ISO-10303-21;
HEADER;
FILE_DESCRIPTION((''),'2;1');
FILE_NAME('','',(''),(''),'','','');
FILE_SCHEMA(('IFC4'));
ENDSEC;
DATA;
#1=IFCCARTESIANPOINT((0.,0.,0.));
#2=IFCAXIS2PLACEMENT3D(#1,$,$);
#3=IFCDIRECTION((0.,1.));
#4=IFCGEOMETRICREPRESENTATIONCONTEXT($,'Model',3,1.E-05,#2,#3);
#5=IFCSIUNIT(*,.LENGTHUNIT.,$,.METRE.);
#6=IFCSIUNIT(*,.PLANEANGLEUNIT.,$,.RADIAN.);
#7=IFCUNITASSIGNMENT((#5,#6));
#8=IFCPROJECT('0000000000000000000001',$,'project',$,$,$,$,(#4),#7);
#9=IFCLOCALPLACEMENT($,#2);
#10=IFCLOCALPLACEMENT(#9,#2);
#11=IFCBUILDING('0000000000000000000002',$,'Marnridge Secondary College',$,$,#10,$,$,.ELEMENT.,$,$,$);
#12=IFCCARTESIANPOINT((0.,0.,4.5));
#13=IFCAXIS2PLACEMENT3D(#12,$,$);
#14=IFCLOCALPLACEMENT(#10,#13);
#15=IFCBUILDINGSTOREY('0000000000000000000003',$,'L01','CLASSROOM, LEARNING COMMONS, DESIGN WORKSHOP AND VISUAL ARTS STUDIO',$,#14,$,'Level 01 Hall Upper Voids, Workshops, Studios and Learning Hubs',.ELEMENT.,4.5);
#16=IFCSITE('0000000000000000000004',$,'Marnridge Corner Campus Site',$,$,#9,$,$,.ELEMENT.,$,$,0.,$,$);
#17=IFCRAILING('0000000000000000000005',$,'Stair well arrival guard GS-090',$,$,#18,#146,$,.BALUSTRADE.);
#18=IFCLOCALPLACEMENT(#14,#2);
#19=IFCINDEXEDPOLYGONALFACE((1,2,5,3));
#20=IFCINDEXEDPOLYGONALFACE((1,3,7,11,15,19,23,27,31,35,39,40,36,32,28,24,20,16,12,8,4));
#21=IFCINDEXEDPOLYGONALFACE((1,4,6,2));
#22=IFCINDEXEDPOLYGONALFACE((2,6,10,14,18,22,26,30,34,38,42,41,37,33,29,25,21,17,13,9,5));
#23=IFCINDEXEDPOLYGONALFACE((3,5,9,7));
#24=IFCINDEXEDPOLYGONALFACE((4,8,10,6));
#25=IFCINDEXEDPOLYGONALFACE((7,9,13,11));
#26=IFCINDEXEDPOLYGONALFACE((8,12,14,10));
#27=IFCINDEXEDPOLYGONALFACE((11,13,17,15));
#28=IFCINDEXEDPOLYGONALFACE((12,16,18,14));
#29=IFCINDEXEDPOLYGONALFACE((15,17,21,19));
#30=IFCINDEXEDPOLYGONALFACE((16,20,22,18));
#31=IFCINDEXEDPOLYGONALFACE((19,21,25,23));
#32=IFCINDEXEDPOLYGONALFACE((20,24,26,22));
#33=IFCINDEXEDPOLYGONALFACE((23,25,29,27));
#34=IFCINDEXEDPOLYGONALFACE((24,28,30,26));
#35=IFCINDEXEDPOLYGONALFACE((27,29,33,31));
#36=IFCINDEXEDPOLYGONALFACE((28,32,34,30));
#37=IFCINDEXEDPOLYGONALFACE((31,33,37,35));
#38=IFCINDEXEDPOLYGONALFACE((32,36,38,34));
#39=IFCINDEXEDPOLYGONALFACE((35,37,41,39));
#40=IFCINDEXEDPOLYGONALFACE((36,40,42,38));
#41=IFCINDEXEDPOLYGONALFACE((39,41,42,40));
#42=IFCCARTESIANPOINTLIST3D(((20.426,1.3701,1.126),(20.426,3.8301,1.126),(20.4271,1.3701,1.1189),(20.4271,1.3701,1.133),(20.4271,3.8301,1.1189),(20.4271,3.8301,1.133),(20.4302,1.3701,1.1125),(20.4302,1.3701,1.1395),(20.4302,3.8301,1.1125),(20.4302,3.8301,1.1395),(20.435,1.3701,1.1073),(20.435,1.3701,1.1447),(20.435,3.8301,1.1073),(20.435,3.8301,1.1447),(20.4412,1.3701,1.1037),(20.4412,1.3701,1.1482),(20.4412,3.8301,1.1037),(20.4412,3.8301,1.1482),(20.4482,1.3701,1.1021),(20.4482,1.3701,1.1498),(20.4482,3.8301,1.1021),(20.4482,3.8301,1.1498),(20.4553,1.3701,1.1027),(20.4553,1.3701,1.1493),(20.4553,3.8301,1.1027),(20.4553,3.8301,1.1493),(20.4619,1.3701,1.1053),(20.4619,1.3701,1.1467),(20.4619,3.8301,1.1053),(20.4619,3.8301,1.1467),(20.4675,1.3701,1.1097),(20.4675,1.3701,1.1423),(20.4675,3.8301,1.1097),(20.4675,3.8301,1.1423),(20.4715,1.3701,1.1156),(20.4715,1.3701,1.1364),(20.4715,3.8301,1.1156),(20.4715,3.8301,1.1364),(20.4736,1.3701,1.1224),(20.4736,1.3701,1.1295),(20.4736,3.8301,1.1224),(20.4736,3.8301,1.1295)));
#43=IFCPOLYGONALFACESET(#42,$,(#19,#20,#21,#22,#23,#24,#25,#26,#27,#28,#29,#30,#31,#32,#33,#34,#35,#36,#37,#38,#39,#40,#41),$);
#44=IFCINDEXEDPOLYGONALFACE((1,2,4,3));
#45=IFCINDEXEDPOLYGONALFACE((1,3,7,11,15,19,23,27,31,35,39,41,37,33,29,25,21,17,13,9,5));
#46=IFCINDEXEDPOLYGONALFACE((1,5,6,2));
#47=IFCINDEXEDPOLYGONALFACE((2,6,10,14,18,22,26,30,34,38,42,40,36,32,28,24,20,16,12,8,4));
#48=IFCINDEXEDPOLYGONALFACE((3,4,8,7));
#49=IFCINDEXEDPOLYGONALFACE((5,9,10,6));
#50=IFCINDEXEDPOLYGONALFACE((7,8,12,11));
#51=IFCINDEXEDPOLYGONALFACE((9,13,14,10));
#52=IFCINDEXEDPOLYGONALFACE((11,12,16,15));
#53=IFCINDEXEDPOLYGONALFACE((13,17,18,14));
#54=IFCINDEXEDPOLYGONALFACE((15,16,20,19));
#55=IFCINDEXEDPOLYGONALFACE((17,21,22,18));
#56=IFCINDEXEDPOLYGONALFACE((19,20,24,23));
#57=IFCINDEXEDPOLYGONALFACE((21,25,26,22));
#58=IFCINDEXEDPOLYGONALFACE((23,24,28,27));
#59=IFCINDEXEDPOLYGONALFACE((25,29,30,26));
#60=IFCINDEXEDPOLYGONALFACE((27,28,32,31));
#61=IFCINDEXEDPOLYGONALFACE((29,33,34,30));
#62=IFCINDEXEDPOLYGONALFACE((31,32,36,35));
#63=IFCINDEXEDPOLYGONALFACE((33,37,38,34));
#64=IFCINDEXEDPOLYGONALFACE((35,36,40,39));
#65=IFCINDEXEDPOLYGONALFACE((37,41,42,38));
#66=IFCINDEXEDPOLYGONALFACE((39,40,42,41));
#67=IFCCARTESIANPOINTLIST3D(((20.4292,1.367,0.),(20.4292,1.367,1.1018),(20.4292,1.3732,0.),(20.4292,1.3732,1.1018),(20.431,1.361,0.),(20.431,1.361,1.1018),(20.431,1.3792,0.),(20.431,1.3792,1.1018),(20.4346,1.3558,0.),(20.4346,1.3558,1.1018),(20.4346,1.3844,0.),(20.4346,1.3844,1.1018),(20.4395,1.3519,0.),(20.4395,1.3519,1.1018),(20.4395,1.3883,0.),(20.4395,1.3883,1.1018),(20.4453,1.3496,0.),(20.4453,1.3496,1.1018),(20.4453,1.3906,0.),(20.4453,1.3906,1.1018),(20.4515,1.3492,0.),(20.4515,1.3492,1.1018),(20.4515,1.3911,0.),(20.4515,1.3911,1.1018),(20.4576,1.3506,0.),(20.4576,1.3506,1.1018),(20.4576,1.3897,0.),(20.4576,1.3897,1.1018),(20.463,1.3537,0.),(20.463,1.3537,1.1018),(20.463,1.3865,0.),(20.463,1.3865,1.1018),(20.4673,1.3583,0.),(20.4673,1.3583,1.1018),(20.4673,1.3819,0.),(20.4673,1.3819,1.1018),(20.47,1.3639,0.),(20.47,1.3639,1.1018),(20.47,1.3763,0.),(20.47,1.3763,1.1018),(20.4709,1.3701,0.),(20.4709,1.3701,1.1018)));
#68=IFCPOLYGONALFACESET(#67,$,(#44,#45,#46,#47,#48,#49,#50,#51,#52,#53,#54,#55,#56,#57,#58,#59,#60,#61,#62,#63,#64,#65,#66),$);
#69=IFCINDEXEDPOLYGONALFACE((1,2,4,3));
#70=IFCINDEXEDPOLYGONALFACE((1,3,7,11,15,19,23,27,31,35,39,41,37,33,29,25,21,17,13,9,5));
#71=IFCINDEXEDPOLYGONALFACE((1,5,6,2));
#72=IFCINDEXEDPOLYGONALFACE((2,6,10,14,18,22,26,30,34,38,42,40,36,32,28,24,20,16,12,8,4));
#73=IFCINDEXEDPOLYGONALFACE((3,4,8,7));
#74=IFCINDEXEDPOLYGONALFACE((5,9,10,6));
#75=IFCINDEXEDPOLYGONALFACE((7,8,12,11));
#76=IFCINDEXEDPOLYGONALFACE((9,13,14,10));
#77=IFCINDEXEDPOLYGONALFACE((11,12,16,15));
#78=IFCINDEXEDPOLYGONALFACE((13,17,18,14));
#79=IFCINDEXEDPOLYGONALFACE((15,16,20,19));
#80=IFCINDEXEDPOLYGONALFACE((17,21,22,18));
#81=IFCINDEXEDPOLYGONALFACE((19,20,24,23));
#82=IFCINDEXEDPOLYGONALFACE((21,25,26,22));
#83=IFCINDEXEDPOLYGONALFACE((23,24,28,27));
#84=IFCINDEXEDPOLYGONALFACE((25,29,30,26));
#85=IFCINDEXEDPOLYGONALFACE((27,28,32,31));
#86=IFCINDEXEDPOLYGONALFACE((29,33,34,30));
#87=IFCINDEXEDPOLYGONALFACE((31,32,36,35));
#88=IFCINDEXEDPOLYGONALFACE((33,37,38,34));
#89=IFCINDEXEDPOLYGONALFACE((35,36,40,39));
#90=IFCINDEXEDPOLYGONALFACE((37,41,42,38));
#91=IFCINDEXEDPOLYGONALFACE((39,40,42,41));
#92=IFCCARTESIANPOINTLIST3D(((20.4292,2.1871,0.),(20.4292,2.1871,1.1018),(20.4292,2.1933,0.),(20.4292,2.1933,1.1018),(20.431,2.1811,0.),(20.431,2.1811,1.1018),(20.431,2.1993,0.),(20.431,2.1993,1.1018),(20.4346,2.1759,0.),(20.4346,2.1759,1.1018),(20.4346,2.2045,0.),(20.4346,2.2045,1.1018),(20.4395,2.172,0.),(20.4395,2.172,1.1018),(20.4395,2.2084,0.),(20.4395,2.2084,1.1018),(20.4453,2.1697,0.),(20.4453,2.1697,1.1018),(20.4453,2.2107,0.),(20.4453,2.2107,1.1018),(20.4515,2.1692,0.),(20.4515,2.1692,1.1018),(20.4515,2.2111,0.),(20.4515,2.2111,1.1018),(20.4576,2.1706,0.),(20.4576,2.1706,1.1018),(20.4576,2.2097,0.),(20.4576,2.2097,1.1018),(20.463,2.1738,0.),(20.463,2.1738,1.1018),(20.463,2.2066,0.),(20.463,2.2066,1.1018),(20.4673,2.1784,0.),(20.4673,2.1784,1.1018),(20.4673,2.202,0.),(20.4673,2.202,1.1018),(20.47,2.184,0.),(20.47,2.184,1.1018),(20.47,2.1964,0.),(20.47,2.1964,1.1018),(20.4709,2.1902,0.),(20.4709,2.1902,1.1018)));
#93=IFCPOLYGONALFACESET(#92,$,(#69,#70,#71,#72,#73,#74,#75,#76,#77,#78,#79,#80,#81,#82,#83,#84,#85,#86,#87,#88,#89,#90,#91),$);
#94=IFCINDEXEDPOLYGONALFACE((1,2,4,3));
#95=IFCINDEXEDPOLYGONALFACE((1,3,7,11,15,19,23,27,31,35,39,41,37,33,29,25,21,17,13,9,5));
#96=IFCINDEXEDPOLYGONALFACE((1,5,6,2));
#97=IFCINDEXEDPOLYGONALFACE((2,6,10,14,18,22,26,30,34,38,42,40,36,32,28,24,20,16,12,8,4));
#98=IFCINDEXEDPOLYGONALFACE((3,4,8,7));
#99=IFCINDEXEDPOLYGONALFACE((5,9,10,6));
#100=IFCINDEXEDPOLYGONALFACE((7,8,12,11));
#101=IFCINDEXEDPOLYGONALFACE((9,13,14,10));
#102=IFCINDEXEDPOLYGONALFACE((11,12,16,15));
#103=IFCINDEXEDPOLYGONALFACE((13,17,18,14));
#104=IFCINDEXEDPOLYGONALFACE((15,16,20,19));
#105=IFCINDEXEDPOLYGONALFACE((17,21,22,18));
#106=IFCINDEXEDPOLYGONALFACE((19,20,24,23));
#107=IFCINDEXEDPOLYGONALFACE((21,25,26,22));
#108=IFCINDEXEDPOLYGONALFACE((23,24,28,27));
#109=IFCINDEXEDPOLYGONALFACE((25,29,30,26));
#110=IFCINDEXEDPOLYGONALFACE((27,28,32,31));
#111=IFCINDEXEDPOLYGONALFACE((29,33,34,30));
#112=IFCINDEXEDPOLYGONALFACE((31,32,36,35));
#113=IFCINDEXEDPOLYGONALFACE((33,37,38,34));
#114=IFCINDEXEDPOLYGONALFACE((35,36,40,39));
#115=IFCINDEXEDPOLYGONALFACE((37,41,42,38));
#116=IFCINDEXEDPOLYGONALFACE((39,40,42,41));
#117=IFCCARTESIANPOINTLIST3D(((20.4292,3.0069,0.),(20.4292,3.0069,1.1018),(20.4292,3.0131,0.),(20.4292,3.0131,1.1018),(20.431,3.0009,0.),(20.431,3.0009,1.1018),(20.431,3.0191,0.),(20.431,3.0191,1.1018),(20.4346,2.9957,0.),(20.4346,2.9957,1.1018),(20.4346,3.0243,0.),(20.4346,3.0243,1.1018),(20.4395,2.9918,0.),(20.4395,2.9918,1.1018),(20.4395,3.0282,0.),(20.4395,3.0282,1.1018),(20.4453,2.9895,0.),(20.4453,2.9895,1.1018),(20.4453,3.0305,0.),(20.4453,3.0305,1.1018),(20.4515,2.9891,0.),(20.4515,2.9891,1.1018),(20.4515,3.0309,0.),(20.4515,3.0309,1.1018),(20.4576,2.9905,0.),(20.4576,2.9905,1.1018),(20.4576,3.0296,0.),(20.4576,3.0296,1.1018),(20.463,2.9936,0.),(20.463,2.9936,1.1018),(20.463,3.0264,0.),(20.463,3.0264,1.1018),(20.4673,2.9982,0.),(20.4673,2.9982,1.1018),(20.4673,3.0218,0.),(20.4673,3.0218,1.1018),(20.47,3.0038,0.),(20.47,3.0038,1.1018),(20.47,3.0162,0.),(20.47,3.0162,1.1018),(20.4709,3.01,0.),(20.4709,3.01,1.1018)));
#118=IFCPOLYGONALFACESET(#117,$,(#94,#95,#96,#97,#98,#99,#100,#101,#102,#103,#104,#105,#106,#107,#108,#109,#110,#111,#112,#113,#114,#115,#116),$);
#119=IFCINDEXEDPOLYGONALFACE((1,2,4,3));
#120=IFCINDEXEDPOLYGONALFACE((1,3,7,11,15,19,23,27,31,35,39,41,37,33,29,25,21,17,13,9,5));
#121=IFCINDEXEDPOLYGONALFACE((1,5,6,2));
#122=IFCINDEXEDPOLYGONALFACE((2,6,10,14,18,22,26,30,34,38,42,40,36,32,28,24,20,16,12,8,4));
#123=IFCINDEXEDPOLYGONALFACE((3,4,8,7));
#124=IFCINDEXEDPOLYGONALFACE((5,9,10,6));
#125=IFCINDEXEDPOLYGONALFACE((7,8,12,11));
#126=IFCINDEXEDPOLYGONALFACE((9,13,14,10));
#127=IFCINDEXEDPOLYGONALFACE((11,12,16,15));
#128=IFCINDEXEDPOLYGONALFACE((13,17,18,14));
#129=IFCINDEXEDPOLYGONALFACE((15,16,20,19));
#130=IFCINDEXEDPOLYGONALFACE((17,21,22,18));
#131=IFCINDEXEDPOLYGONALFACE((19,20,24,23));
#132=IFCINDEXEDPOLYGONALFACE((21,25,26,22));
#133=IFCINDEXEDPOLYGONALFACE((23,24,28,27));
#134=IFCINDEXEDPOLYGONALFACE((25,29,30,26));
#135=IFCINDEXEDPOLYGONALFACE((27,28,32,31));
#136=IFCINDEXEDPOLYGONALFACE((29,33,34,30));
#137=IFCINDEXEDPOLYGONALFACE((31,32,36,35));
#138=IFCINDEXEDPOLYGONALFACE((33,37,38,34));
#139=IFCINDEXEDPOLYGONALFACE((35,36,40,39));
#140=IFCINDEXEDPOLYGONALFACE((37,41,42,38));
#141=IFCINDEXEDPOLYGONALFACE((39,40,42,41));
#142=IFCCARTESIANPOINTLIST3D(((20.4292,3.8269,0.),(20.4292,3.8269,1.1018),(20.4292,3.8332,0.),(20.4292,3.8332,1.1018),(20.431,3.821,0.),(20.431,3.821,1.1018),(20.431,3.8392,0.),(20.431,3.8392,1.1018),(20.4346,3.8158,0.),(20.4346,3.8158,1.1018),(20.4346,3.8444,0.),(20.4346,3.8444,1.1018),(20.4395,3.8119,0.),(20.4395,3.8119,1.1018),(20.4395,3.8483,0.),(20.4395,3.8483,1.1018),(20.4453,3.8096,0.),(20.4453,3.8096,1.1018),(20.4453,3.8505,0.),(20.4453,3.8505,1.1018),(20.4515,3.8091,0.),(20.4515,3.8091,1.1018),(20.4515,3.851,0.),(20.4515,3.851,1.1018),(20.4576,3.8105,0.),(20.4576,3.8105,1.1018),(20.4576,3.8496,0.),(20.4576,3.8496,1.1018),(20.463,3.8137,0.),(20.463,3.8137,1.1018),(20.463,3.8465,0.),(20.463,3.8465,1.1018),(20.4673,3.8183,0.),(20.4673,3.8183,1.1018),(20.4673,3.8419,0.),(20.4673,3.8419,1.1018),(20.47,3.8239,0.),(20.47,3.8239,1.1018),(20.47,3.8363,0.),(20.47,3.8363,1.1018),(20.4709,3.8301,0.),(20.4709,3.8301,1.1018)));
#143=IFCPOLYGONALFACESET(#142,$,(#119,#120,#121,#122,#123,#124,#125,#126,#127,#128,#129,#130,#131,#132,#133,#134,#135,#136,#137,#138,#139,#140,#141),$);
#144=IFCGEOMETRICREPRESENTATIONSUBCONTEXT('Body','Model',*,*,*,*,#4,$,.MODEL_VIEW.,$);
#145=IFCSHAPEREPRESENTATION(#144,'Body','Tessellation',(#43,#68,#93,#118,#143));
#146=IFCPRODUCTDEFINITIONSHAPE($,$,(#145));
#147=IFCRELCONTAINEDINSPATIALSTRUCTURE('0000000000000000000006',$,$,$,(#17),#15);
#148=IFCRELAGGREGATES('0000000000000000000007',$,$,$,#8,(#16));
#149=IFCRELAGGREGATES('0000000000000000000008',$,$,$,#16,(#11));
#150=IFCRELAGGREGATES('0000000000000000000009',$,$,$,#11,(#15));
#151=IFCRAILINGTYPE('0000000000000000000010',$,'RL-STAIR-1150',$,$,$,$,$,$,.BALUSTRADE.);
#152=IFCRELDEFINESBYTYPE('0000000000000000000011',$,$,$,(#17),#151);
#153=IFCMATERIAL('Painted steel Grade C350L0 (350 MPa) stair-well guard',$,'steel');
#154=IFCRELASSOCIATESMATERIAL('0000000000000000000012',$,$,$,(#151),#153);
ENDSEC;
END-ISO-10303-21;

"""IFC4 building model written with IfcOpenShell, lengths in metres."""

from ifc_helpers import new_model, si_unit, direction, frame, origin, origin_2d, place, context, subcontext, project, spatial, circle, extrude, material, type_object, element, save


model = new_model("IFC4")

# Units and contexts
model_context = context("Model", 3, precision=1e-05, world=origin(), true_north=direction((0.0, 1.0)))
body_context = subcontext(model_context, "Body", "Model", "MODEL_VIEW")
ifc_project = project(units=[si_unit("LENGTHUNIT", "METRE"), si_unit("PLANEANGLEUNIT", "RADIAN")], contexts=[model_context])

# Site, building, storey
site_placement = place(None, origin())
site = spatial("IfcSite", under=ifc_project, at=site_placement, Name="Marnridge Corner Campus Site", CompositionType="ELEMENT", RefElevation=0.0)
building_placement = place(site_placement, origin())
building = spatial("IfcBuilding", under=site, at=building_placement, Name="Marnridge Secondary College", CompositionType="ELEMENT")
storey_placement = place(building_placement, frame((0.0, 0.0, 4.5)))
storey = spatial("IfcBuildingStorey", under=building, at=storey_placement, Name="L01", Description="CLASSROOM, LEARNING COMMONS, DESIGN WORKSHOP AND VISUAL ARTS STUDIO", LongName="Level 01 Hall Upper Voids, Workshops, Studios and Learning Hubs", CompositionType="ELEMENT", Elevation=4.5)

# Railing
ifc_material_1 = material(Name="Painted steel Grade C350L0 (350 MPa) stair-well guard", Category="steel")
railing_type_1 = type_object("IfcRailingType", Name="RL-STAIR-1150", PredefinedType="BALUSTRADE", material=ifc_material_1)
railing_1_placement = place(storey_placement, frame((20.45, 1.3701, 0.0)))
element("IfcRailing", 1, at=railing_1_placement, inside=storey, type_object=railing_type_1, Name="Stair well arrival guard GS-090", PredefinedType="BALUSTRADE", context=body_context, shape_type="SweptSolid", body=[
    extrude(circle(Radius=0.0239, at=origin_2d()), frame((0.0, 0.0, 1.126), z_axis=(0.0, 1.0, 0.0), x_axis=(-1.0, 0.0, 0.0)), (0.0, 0.0, 1.0), 2.46),
    extrude(circle(Radius=0.021, at=origin_2d()), origin(), (0.0, 0.0, 1.0), 1.1018),
    extrude(circle(Radius=0.021, at=origin_2d()), frame((0.0, 0.8201, 0.0)), (0.0, 0.0, 1.0), 1.1018),
    extrude(circle(Radius=0.021, at=origin_2d()), frame((0.0, 1.6399, 0.0)), (0.0, 0.0, 1.0), 1.1018),
    extrude(circle(Radius=0.021, at=origin_2d()), frame((0.0, 2.46, 0.0)), (0.0, 0.0, 1.0), 1.1018),
])

save(model, "model.ifc")
